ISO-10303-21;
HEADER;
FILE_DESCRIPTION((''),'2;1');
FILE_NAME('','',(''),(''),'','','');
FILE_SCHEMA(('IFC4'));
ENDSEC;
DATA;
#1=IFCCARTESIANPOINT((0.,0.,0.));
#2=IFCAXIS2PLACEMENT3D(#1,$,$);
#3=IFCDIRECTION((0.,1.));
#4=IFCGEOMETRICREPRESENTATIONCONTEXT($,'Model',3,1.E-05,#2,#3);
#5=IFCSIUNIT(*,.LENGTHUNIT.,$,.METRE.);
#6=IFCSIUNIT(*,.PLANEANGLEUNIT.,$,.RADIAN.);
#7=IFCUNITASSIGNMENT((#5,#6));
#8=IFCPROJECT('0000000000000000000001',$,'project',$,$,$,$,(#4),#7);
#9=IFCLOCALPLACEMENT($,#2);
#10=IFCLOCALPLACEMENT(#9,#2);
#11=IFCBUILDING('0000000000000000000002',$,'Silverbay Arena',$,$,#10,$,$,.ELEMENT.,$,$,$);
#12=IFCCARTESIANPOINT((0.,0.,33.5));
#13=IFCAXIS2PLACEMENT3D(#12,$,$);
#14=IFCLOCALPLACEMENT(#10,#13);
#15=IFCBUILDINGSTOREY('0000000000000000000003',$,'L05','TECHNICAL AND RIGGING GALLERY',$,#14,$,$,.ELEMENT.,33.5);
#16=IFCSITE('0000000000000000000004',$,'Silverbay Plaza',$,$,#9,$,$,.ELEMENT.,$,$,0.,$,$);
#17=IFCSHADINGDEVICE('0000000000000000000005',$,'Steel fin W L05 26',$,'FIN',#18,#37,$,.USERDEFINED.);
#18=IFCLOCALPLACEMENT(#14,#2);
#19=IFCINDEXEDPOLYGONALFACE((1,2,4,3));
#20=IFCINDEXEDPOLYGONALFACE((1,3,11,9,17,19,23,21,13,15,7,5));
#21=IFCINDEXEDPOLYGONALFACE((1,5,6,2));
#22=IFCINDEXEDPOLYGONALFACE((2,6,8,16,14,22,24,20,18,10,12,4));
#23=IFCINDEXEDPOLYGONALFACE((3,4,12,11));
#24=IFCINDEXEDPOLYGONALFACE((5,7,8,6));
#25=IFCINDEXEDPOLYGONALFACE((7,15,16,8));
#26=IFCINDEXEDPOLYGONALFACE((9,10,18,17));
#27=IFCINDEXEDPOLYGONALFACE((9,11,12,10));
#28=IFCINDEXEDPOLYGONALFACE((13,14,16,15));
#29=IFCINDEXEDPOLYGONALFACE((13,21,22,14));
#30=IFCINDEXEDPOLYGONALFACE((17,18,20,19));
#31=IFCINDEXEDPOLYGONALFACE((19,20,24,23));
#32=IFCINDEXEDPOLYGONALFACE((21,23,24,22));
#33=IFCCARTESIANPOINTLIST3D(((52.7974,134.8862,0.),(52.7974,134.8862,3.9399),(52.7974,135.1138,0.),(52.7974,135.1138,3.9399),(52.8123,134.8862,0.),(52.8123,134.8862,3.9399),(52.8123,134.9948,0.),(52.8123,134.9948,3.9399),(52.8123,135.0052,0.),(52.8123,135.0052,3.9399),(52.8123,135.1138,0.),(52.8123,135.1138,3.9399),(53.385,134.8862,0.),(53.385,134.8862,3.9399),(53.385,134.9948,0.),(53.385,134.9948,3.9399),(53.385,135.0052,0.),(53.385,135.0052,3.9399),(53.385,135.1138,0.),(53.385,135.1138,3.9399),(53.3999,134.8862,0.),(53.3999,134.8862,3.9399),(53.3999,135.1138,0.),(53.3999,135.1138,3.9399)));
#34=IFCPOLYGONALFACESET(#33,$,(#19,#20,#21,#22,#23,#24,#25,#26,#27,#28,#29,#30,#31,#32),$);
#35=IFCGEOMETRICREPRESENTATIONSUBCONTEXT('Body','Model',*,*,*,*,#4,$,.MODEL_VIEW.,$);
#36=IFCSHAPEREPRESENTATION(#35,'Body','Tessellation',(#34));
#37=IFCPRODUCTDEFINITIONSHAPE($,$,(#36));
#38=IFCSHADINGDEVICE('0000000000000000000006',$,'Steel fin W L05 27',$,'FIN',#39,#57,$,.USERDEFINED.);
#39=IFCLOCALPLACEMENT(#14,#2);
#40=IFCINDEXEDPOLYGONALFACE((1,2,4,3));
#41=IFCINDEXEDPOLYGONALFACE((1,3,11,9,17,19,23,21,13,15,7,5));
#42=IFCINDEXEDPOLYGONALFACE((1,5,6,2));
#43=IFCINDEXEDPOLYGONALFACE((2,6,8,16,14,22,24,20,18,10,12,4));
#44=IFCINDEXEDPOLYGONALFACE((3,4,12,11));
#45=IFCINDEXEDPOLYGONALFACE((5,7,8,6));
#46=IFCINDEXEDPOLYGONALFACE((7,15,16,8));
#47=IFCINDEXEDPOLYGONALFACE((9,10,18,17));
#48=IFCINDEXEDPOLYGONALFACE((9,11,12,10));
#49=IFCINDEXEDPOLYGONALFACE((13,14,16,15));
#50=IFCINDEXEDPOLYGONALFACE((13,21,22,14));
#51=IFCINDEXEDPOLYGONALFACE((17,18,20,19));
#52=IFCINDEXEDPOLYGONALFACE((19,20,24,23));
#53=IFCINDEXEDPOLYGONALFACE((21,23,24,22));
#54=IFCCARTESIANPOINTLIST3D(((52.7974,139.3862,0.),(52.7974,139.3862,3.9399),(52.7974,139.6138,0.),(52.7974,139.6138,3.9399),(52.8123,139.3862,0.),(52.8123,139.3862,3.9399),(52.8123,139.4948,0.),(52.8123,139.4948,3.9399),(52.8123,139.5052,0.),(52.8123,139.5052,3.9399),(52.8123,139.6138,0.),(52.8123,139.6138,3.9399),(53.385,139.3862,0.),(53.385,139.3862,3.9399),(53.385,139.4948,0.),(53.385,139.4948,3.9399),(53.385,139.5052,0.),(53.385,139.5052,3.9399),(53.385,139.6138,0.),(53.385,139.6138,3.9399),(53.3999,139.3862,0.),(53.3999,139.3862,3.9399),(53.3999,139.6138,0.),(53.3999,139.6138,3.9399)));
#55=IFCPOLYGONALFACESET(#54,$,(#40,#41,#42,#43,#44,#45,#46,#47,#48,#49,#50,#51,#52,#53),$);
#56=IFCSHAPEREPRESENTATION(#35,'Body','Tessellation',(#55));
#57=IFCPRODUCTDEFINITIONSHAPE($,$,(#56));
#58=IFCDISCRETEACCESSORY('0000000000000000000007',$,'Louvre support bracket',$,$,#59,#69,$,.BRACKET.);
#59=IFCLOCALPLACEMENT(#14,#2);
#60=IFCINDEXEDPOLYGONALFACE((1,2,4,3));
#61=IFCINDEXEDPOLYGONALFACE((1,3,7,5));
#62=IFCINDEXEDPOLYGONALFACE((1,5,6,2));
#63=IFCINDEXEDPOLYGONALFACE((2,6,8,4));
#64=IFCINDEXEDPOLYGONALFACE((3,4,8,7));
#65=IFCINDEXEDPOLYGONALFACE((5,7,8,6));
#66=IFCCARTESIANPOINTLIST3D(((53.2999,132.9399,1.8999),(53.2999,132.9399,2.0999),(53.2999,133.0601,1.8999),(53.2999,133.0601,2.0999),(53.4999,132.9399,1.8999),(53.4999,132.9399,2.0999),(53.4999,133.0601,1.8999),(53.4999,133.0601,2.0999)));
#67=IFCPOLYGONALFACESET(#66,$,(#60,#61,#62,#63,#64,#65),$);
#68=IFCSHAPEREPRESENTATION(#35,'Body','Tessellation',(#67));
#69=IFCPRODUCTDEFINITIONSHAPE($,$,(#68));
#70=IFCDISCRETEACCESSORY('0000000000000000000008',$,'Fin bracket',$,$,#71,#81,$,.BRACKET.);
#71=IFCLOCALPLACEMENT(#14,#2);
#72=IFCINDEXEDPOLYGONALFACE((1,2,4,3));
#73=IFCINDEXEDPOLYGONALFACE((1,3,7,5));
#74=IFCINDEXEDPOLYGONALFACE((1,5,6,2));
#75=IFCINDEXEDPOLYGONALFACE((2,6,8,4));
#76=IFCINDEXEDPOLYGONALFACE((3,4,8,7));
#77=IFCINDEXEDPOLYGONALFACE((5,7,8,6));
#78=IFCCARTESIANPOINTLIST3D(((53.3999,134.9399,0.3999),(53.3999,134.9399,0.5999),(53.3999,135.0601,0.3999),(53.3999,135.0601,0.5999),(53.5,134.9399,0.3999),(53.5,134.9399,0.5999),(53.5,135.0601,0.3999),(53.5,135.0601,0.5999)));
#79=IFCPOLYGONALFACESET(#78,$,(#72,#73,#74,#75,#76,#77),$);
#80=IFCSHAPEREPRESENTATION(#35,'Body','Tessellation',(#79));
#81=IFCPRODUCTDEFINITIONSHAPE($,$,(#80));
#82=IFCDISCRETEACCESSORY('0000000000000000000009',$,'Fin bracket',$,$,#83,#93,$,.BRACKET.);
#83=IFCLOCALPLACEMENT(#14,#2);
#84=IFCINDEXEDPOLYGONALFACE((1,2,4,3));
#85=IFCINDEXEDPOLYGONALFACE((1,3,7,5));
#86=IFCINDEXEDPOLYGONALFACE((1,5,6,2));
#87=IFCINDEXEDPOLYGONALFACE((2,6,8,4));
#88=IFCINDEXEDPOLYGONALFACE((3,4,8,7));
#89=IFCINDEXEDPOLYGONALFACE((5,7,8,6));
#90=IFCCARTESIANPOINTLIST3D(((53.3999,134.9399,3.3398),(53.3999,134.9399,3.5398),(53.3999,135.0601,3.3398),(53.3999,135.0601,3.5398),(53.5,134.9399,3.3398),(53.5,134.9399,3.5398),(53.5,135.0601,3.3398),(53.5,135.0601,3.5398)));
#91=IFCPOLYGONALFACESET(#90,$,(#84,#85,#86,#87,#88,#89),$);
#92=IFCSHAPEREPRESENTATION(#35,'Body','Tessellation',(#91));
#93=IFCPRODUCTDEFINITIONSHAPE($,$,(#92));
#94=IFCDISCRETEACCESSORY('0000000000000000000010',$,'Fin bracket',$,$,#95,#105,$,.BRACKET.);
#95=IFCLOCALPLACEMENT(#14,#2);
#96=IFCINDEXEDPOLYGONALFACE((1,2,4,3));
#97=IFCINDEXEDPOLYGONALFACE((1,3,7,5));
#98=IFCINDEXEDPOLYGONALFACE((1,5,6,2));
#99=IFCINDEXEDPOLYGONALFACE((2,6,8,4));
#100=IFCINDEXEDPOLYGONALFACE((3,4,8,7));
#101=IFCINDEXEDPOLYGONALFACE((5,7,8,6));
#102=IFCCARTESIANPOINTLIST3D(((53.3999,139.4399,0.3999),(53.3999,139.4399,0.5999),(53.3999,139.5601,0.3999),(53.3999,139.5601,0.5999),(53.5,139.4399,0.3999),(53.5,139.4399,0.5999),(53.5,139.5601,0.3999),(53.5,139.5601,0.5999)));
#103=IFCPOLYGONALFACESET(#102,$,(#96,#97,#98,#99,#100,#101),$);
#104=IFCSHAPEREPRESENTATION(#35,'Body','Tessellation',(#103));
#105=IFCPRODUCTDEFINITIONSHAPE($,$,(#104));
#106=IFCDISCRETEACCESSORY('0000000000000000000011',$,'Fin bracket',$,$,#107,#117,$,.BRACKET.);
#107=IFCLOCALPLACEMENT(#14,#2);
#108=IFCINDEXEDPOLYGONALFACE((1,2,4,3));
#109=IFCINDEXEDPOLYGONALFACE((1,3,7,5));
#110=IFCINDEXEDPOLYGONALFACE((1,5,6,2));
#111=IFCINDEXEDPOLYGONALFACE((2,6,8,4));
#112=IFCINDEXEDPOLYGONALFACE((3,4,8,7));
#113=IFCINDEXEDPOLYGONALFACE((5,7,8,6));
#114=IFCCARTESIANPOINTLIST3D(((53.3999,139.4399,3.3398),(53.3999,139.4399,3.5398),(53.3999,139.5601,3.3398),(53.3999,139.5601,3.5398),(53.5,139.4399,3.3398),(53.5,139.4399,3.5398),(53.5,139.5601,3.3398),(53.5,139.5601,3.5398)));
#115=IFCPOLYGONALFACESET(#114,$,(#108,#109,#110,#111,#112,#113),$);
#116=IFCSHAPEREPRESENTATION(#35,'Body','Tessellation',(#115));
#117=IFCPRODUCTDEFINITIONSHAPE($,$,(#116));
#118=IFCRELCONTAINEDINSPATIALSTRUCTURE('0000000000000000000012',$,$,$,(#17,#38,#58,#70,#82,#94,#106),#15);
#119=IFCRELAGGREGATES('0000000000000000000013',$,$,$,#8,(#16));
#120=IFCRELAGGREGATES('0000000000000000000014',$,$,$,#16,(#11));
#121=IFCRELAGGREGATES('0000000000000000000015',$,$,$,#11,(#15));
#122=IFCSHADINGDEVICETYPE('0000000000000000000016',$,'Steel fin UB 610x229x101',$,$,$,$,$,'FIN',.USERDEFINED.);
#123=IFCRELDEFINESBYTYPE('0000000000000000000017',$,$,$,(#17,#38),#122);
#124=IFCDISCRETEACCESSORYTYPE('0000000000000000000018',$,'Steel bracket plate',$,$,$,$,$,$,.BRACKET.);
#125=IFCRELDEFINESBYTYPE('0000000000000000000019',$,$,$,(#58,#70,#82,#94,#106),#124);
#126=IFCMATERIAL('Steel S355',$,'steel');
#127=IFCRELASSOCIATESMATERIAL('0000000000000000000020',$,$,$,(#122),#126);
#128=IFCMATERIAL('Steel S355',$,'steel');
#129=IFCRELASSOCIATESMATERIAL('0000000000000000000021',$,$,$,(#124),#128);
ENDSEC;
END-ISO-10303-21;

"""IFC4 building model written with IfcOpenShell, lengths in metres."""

from ifc_helpers import new_model, si_unit, direction, frame, origin, origin_2d, place, context, subcontext, project, spatial, rectangle, i_section, extrude, material, material_profile, profile_set, type_object, element, save


model = new_model("IFC4")

# Units and contexts
model_context = context("Model", 3, precision=1e-05, world=origin(), true_north=direction((0.0, 1.0)))
body_context = subcontext(model_context, "Body", "Model", "MODEL_VIEW")
ifc_project = project(units=[si_unit("LENGTHUNIT", "METRE"), si_unit("PLANEANGLEUNIT", "RADIAN")], contexts=[model_context])

# Site, building, storey
site_placement = place(None, origin())
site = spatial("IfcSite", under=ifc_project, at=site_placement, Name="Silverbay Plaza", CompositionType="ELEMENT", RefElevation=0.0)
building_placement = place(site_placement, origin())
building = spatial("IfcBuilding", under=site, at=building_placement, Name="Silverbay Arena", CompositionType="ELEMENT")
storey_placement = place(building_placement, frame((0.0, 0.0, 33.5)))
storey = spatial("IfcBuildingStorey", under=building, at=storey_placement, Name="L05", Description="TECHNICAL AND RIGGING GALLERY", CompositionType="ELEMENT", Elevation=33.5)

# Shading devices
ifc_material_1 = material(Name="Steel S355", Category="steel")
ifc_material_profile_1 = material_profile(ifc_material_1, i_section(OverallWidth=0.2275, OverallDepth=0.6025, WebThickness=0.0105, FlangeThickness=0.0149, at=origin_2d()), Name="UB 610x229x101")
ifc_profile_set_1 = profile_set([ifc_material_profile_1], Name="Steel S355")
shading_device_type_1 = type_object("IfcShadingDeviceType", Name="Steel fin UB 610x229x101", ElementType="FIN", PredefinedType="USERDEFINED", material=ifc_profile_set_1)
for number, where, z_axis, x_axis, name in (
    (1, (53.0986, 135.0, 0.0), (0.0, 0.0, 1.0), (0.0, 1.0, 0.0), "Steel fin W L05 26"),
    (2, (53.0986, 139.5, 0.0), (0.0, 0.0, 1.0), (0.0, 1.0, 0.0), "Steel fin W L05 27"),
):
    element("IfcShadingDevice", number, at=place(storey_placement, frame(where, z_axis=z_axis, x_axis=x_axis)), inside=storey, type_object=shading_device_type_1, Name=name, ObjectType="FIN", PredefinedType="USERDEFINED", context=body_context, shape_type="SweptSolid", body=[
        extrude(i_section(OverallWidth=0.2275, OverallDepth=0.6025, WebThickness=0.0105, FlangeThickness=0.0149, at=origin_2d()), origin(), (0.0, 0.0, 1.0), 3.9399),
    ])

# Discrete accessories
ifc_material_2 = material(Name="Steel S355", Category="steel")
discrete_accessory_type = type_object("IfcDiscreteAccessoryType", Name="Steel bracket plate", PredefinedType="BRACKET", material=ifc_material_2)
discrete_accessory_placement = place(storey_placement, frame((53.3999, 133.0, 1.8999), z_axis=(0.0, 0.0, 1.0), x_axis=(0.0, 1.0, 0.0)))
element("IfcDiscreteAccessory", 3, at=discrete_accessory_placement, inside=storey, type_object=discrete_accessory_type, Name="Louvre support bracket", PredefinedType="BRACKET", context=body_context, shape_type="SweptSolid", body=[
    extrude(rectangle(XDim=0.1201, YDim=0.2, at=origin_2d()), origin(), (0.0, 0.0, 1.0), 0.2),
])
for number, where, z_axis, x_axis, name in (
    (4, (53.45, 135.0, 0.3999), (0.0, 0.0, 1.0), (1.0, 0.0, 0.0), "Fin bracket"),
    (5, (53.45, 135.0, 3.3398), (0.0, 0.0, 1.0), (1.0, 0.0, 0.0), "Fin bracket"),
    (6, (53.45, 139.5, 0.3999), (0.0, 0.0, 1.0), (1.0, 0.0, 0.0), "Fin bracket"),
    (7, (53.45, 139.5, 3.3398), (0.0, 0.0, 1.0), (1.0, 0.0, 0.0), "Fin bracket"),
):
    element("IfcDiscreteAccessory", number, at=place(storey_placement, frame(where, z_axis=z_axis, x_axis=x_axis)), inside=storey, type_object=discrete_accessory_type, Name=name, PredefinedType="BRACKET", context=body_context, shape_type="SweptSolid", body=[
        extrude(rectangle(XDim=0.1001, YDim=0.1201, at=origin_2d()), origin(), (0.0, 0.0, 1.0), 0.2),
    ])

save(model, "model.ifc")
